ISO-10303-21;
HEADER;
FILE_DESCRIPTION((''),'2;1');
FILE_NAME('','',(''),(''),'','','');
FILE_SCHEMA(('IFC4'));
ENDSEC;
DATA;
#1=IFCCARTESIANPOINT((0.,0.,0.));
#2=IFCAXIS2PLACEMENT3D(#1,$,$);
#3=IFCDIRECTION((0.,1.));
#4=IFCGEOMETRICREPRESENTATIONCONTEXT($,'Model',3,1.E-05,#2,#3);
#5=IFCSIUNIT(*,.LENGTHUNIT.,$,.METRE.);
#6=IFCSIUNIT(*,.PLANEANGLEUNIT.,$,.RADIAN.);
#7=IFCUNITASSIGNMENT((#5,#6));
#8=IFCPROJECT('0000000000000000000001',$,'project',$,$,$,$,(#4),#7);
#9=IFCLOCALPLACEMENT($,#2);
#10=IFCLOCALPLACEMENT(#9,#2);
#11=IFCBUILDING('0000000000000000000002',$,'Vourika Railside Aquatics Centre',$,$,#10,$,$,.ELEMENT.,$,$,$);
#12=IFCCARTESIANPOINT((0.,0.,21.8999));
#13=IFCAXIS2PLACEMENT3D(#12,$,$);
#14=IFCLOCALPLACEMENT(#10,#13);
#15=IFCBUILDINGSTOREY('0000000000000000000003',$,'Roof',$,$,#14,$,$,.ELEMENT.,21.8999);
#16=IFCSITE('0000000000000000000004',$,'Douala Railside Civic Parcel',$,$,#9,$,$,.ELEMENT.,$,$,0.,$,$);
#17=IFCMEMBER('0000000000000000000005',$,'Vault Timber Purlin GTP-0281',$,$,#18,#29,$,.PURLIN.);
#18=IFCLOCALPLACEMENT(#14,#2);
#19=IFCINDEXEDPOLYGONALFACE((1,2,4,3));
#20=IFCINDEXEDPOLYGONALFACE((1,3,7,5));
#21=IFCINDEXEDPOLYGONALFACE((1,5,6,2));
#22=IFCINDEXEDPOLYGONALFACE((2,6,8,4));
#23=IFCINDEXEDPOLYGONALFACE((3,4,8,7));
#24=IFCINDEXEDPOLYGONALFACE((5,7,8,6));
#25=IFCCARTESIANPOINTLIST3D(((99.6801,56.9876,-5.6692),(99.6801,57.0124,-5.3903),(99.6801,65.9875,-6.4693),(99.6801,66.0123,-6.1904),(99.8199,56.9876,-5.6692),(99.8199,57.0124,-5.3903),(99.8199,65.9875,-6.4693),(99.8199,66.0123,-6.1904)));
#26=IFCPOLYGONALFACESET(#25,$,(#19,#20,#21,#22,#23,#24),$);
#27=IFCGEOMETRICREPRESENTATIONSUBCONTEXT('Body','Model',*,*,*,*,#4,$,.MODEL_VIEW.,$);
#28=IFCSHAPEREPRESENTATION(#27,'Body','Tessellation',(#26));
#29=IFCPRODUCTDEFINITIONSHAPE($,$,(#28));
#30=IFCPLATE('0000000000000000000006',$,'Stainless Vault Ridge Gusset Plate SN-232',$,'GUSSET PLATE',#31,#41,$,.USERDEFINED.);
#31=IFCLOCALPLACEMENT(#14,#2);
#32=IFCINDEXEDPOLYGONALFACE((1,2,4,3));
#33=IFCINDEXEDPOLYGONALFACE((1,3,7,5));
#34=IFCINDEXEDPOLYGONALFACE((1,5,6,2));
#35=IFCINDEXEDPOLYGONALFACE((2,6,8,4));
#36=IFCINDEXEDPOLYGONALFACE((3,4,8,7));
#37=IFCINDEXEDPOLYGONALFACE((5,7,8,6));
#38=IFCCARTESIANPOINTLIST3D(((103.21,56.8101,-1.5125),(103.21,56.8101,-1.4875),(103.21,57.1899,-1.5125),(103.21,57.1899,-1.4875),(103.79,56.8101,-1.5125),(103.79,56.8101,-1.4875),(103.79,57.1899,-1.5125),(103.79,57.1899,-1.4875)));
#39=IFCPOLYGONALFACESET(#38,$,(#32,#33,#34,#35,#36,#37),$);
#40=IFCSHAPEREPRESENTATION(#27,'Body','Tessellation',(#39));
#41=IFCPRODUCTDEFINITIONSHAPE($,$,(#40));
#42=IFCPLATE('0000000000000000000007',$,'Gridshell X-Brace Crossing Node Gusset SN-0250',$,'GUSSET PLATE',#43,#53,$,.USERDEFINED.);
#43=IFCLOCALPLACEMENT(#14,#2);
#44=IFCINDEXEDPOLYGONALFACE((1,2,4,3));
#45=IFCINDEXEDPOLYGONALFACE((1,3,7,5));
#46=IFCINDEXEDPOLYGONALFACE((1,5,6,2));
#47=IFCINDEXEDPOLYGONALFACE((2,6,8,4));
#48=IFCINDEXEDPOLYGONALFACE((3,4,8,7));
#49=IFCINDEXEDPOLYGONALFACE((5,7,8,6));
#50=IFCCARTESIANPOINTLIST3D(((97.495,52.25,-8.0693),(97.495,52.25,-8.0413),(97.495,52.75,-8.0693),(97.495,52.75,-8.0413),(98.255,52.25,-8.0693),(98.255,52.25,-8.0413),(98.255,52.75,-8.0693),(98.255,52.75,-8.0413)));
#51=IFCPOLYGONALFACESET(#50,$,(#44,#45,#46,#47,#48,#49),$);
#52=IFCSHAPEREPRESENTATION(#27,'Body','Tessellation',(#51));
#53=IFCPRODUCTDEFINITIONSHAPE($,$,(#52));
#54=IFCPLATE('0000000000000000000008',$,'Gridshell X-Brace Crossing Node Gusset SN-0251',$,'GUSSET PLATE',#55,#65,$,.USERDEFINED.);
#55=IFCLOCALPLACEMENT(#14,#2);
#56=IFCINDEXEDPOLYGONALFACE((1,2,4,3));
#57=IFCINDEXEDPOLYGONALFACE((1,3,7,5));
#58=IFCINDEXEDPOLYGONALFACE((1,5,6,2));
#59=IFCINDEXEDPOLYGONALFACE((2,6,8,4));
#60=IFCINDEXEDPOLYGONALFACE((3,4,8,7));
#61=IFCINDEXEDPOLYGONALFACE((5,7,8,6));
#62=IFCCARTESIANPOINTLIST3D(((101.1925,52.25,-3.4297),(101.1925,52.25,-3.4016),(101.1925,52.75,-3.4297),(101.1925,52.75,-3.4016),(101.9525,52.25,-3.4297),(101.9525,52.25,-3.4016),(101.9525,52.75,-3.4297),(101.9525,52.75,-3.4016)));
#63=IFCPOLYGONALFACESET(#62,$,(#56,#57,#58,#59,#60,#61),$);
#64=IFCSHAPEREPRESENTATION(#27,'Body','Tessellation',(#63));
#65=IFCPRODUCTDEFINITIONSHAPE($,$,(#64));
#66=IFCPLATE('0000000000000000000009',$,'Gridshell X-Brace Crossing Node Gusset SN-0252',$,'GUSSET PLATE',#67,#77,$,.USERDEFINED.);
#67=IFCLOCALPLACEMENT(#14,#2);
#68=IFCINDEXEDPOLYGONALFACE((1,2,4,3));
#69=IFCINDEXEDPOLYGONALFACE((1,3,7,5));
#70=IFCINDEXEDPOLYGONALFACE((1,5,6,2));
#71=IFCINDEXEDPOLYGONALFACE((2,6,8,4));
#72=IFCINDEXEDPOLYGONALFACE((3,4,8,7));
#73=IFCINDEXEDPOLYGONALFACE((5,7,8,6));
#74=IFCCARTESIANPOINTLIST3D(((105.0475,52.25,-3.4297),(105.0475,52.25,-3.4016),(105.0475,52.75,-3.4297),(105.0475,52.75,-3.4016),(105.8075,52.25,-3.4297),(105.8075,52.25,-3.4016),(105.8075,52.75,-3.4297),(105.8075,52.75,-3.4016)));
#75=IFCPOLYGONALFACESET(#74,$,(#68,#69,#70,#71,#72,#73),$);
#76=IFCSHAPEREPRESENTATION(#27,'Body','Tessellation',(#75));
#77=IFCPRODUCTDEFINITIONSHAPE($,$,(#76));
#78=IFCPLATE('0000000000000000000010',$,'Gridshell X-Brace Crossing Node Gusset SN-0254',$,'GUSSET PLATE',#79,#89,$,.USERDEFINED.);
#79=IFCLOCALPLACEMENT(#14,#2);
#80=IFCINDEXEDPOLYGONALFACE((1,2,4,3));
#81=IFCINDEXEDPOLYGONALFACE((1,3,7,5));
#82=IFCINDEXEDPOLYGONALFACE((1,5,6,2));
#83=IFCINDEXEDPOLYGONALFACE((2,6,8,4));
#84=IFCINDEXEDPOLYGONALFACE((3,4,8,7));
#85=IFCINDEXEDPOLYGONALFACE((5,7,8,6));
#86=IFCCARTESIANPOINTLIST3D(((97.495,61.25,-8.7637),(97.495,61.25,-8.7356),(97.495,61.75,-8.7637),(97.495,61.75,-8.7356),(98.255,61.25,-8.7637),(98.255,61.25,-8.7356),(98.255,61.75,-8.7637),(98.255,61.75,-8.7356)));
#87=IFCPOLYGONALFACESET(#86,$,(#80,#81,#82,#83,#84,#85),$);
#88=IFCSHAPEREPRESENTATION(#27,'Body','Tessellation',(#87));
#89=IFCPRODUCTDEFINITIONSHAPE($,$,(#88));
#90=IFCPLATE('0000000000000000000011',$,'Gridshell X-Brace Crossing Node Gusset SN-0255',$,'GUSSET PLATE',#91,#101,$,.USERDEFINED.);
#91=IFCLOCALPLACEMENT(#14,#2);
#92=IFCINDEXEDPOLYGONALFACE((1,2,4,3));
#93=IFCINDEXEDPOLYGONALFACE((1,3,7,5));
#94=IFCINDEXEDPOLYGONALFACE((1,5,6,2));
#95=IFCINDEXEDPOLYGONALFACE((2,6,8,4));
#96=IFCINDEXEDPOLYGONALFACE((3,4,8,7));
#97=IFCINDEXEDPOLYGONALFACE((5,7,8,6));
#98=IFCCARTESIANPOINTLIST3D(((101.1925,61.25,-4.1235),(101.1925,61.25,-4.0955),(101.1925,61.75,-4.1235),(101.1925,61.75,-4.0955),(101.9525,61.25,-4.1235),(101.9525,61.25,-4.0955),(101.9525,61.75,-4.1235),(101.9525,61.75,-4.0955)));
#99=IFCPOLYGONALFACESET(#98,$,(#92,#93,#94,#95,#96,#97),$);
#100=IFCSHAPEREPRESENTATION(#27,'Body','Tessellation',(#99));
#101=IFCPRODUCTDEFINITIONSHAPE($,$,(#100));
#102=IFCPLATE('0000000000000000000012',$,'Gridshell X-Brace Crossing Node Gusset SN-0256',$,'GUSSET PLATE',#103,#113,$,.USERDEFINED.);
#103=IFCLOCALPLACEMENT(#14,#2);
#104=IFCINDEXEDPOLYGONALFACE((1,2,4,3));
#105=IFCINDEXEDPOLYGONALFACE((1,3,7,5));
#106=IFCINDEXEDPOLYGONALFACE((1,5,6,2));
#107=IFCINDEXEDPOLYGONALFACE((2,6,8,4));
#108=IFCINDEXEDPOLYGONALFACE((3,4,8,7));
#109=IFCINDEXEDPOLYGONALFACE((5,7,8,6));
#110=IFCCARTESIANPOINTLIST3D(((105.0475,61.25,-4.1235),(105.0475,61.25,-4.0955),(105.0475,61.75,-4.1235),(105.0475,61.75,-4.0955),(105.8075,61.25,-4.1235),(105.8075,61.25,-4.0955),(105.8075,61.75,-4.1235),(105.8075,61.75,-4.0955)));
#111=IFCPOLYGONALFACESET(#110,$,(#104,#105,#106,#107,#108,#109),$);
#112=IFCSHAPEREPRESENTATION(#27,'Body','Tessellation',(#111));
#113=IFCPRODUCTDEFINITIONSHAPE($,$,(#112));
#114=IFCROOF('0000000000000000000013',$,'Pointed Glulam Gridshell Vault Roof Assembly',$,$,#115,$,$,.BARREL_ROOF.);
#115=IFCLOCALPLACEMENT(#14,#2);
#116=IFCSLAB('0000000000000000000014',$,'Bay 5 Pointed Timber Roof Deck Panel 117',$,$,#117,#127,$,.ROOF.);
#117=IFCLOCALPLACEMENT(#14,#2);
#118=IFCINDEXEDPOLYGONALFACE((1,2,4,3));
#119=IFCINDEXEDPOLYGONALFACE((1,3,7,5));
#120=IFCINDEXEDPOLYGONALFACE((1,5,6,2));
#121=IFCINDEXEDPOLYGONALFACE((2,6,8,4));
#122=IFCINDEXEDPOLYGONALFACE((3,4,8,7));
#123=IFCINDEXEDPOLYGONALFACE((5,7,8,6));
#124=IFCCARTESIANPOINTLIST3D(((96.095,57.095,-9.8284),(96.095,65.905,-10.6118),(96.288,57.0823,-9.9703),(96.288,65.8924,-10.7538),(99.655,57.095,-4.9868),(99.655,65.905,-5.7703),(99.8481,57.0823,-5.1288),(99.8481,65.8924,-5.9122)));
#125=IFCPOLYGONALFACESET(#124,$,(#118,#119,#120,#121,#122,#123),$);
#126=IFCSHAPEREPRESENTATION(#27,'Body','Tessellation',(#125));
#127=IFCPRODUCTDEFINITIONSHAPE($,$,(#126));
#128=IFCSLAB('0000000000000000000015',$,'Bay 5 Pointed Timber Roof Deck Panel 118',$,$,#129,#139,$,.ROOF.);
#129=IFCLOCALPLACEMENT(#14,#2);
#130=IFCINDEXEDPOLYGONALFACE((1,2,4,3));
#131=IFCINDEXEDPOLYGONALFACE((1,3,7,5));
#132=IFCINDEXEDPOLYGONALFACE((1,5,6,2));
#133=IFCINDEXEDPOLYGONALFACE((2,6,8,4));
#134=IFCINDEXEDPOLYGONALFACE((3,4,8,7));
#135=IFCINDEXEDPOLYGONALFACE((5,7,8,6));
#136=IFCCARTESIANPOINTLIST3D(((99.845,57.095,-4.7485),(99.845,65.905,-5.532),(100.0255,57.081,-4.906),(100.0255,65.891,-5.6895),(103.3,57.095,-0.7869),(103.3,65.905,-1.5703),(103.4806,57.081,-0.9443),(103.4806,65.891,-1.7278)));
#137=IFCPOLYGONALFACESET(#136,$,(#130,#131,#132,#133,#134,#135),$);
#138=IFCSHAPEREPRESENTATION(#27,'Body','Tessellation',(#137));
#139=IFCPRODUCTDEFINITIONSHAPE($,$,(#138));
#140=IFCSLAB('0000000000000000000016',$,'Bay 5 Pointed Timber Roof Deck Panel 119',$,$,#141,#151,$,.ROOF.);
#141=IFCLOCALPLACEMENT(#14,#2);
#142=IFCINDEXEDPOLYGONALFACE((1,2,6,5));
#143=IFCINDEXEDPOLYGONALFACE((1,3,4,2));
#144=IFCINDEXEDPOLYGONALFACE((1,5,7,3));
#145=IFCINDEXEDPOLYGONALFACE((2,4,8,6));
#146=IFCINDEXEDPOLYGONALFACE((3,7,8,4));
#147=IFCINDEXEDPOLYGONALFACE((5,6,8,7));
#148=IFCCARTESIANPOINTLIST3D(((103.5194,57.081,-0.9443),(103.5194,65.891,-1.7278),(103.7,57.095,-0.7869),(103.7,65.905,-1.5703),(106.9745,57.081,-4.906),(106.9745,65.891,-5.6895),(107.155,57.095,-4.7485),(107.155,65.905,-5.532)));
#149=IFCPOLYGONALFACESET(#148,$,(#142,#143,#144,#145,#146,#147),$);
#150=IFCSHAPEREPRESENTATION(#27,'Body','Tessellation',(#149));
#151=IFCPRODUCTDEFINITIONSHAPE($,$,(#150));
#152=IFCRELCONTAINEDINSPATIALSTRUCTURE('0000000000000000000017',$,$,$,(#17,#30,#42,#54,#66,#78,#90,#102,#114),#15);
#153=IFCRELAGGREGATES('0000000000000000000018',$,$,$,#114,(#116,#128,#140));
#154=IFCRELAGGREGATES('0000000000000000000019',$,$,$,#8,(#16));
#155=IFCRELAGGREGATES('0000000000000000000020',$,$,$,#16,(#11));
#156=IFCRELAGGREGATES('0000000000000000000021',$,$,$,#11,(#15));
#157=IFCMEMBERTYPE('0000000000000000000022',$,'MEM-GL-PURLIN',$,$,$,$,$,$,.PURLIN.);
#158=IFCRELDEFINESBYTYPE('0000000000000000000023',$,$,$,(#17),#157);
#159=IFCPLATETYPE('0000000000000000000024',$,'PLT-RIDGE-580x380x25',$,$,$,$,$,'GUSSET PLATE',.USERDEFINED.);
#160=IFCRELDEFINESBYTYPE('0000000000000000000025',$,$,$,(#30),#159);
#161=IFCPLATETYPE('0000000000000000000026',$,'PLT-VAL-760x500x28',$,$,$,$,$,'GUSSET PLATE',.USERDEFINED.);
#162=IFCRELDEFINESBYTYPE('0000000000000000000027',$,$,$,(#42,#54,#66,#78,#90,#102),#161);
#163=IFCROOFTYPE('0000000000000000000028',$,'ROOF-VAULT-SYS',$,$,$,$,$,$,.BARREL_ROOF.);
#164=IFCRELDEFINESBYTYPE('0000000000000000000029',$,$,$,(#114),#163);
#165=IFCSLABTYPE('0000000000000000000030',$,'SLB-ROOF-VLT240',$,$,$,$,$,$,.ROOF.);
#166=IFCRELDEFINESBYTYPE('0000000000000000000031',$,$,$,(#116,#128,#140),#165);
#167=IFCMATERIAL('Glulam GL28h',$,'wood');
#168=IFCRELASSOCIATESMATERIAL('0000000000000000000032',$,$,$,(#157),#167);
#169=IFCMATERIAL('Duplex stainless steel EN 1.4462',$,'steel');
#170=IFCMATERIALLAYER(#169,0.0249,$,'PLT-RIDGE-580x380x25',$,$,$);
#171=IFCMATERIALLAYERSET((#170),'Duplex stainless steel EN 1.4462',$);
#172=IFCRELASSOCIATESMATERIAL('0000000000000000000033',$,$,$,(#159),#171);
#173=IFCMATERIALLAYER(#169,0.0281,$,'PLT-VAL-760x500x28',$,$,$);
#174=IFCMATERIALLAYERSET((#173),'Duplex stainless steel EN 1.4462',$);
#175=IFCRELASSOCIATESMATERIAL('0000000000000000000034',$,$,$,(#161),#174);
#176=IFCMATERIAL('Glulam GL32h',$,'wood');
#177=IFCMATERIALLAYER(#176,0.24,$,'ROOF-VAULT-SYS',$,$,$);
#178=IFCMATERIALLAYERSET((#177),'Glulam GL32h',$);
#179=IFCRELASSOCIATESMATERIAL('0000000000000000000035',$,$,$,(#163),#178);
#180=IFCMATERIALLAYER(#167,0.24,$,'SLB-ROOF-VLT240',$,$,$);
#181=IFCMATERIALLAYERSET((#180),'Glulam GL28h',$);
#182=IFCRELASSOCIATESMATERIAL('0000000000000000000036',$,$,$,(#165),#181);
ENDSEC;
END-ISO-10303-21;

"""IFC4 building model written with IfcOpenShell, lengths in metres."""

from ifc_helpers import new_model, si_unit, direction, frame, origin, origin_2d, place, context, subcontext, project, spatial, polyline, rectangle, outline, extrude, material, layer, layer_set, material_profile, profile_set, type_object, element, aggregate, save


model = new_model("IFC4")

# Units and contexts
model_context = context("Model", 3, precision=1e-05, world=origin(), true_north=direction((0.0, 1.0)))
body_context = subcontext(model_context, "Body", "Model", "MODEL_VIEW")
ifc_project = project(units=[si_unit("LENGTHUNIT", "METRE"), si_unit("PLANEANGLEUNIT", "RADIAN")], contexts=[model_context])

# Site, building, storey
site_placement = place(None, origin())
site = spatial("IfcSite", under=ifc_project, at=site_placement, Name="Douala Railside Civic Parcel", CompositionType="ELEMENT", RefElevation=0.0)
building_placement = place(site_placement, origin())
building = spatial("IfcBuilding", under=site, at=building_placement, Name="Vourika Railside Aquatics Centre", CompositionType="ELEMENT")
storey_placement = place(building_placement, frame((0.0, 0.0, 21.8999)))
storey = spatial("IfcBuildingStorey", under=building, at=storey_placement, Name="Roof", CompositionType="ELEMENT", Elevation=21.8999)

# Shared definitions
ifc_material_1 = material(Name="Glulam GL32h", Category="wood")

# Member
ifc_material_2 = material(Name="Glulam GL28h", Category="wood")
ifc_material_profile_1 = material_profile(ifc_material_2, rectangle(XDim=0.1399, YDim=0.28, at=origin_2d()), Name="GL28h 140x280")
ifc_profile_set_1 = profile_set([ifc_material_profile_1], Name="Glulam GL28h")
member_type_1 = type_object("IfcMemberType", Name="MEM-GL-PURLIN", PredefinedType="PURLIN", material=ifc_profile_set_1)
member_1_placement = place(storey_placement, frame((99.75, 57.0, -5.5298), z_axis=(0.0, 0.996072, -0.088545), x_axis=(-1.0, 0.0, 0.0)))
element("IfcMember", 1, at=member_1_placement, inside=storey, type_object=member_type_1, Name="Vault Timber Purlin GTP-0281", PredefinedType="PURLIN", context=body_context, shape_type="SweptSolid", body=[
    extrude(rectangle(XDim=0.1399, YDim=0.28, at=origin_2d()), origin(), (0.0, 0.0, 1.0), 9.0354),
])

# Plates
ifc_material_3 = material(Name="Duplex stainless steel EN 1.4462", Category="steel")
ifc_layer_1 = layer(ifc_material_3, 0.0249, Name="PLT-RIDGE-580x380x25")
ifc_layer_set_1 = layer_set([ifc_layer_1], Name="Duplex stainless steel EN 1.4462")
plate_type_1 = type_object("IfcPlateType", Name="PLT-RIDGE-580x380x25", ElementType="GUSSET PLATE", PredefinedType="USERDEFINED", material=ifc_layer_set_1)
plate_placement = place(storey_placement, frame((103.5, 57.0, -1.5125), z_axis=(0.0, 0.0, 1.0), x_axis=(1.0, 0.0, 0.0)))
element("IfcPlate", 2, at=plate_placement, inside=storey, type_object=plate_type_1, Name="Stainless Vault Ridge Gusset Plate SN-232", ObjectType="GUSSET PLATE", PredefinedType="USERDEFINED", context=body_context, shape_type="SweptSolid", body=[
    extrude(rectangle(XDim=0.5801, YDim=0.3799, at=origin_2d()), origin(), (0.0, 0.0, 1.0), 0.0249),
])
ifc_layer_2 = layer(ifc_material_3, 0.0281, Name="PLT-VAL-760x500x28")
ifc_layer_set_2 = layer_set([ifc_layer_2], Name="Duplex stainless steel EN 1.4462")
plate_type_2 = type_object("IfcPlateType", Name="PLT-VAL-760x500x28", ElementType="GUSSET PLATE", PredefinedType="USERDEFINED", material=ifc_layer_set_2)
for number, where, z_axis, x_axis, name in (
    (3, (97.875, 52.5, -8.0693), (0.0, 0.0, 1.0), (1.0, 0.0, 0.0), "Gridshell X-Brace Crossing Node Gusset SN-0250"),
    (4, (101.5725, 52.5, -3.4297), (0.0, 0.0, 1.0), (1.0, 0.0, 0.0), "Gridshell X-Brace Crossing Node Gusset SN-0251"),
    (5, (105.4275, 52.5, -3.4297), (0.0, 0.0, 1.0), (1.0, 0.0, 0.0), "Gridshell X-Brace Crossing Node Gusset SN-0252"),
    (6, (97.875, 61.5, -8.7637), (0.0, 0.0, 1.0), (1.0, 0.0, 0.0), "Gridshell X-Brace Crossing Node Gusset SN-0254"),
    (7, (101.5725, 61.5, -4.1235), (0.0, 0.0, 1.0), (1.0, 0.0, 0.0), "Gridshell X-Brace Crossing Node Gusset SN-0255"),
    (8, (105.4275, 61.5, -4.1235), (0.0, 0.0, 1.0), (1.0, 0.0, 0.0), "Gridshell X-Brace Crossing Node Gusset SN-0256"),
):
    element("IfcPlate", number, at=place(storey_placement, frame(where, z_axis=z_axis, x_axis=x_axis)), inside=storey, type_object=plate_type_2, Name=name, ObjectType="GUSSET PLATE", PredefinedType="USERDEFINED", context=body_context, shape_type="SweptSolid", body=[
        extrude(rectangle(XDim=0.76, YDim=0.5, at=origin_2d()), origin(), (0.0, 0.0, 1.0), 0.0281),
    ])

# Roof, slabs
ifc_layer_3 = layer(ifc_material_1, 0.24, Name="ROOF-VAULT-SYS")
ifc_layer_set_3 = layer_set([ifc_layer_3], Name="Glulam GL32h")
roof_type = type_object("IfcRoofType", Name="ROOF-VAULT-SYS", PredefinedType="BARREL_ROOF", material=ifc_layer_set_3)
roof_placement = place(storey_placement, origin())
roof = element("IfcRoof", 9, at=roof_placement, inside=storey, type_object=roof_type, Name="Pointed Glulam Gridshell Vault Roof Assembly", PredefinedType="BARREL_ROOF")
ifc_layer_4 = layer(ifc_material_2, 0.24, Name="SLB-ROOF-VLT240")
ifc_layer_set_4 = layer_set([ifc_layer_4], Name="Glulam GL28h")
slab_type = type_object("IfcSlabType", Name="SLB-ROOF-VLT240", PredefinedType="ROOF", material=ifc_layer_set_4)
slab_1_placement = place(storey_placement, frame((96.095, 57.095, -9.8284), z_axis=(-0.804528, 0.052607, 0.59158), x_axis=(0.592401, 0.0, 0.805644)))
slab_1 = element("IfcSlab", 10, at=slab_1_placement, type_object=slab_type, Name="Bay 5 Pointed Timber Roof Deck Panel 117", PredefinedType="ROOF", context=body_context, shape_type="SweptSolid", body=[
    extrude(outline(polyline([(0.0, 0.0), (6.0095, 0.0), (5.3784, 8.8223), (-0.6312, 8.8223), (0.0, 0.0)])), origin(), (0.0, 0.0, -1.0), 0.24),
])
slab_2_placement = place(storey_placement, frame((99.845, 57.095, -4.7485), z_axis=(-0.752365, 0.05835, 0.656157), x_axis=(0.657277, 0.0, 0.753649)))
slab_2 = element("IfcSlab", 11, at=slab_2_placement, type_object=slab_type, Name="Bay 5 Pointed Timber Roof Deck Panel 118", PredefinedType="ROOF", context=body_context, shape_type="SweptSolid", body=[
    extrude(outline(polyline([(0.0, 0.0), (5.2567, 0.0), (4.6662, 8.8251), (-0.5904, 8.8251), (0.0, 0.0)])), origin(), (0.0, 0.0, -1.0), 0.24),
])
slab_3_placement = place(storey_placement, frame((103.7, 57.095, -0.7869), z_axis=(0.752365, 0.05835, 0.656157), x_axis=(0.657277, 0.0, -0.753649)))
slab_3 = element("IfcSlab", 12, at=slab_3_placement, type_object=slab_type, Name="Bay 5 Pointed Timber Roof Deck Panel 119", PredefinedType="ROOF", context=body_context, shape_type="SweptSolid", body=[
    extrude(outline(polyline([(0.0, 0.0), (5.2567, 0.0), (5.8471, 8.8251), (0.5904, 8.8251), (0.0, 0.0)])), origin(), (0.0, 0.0, -1.0), 0.24),
])
aggregate(roof, [slab_1, slab_2, slab_3])

save(model, "model.ifc")
